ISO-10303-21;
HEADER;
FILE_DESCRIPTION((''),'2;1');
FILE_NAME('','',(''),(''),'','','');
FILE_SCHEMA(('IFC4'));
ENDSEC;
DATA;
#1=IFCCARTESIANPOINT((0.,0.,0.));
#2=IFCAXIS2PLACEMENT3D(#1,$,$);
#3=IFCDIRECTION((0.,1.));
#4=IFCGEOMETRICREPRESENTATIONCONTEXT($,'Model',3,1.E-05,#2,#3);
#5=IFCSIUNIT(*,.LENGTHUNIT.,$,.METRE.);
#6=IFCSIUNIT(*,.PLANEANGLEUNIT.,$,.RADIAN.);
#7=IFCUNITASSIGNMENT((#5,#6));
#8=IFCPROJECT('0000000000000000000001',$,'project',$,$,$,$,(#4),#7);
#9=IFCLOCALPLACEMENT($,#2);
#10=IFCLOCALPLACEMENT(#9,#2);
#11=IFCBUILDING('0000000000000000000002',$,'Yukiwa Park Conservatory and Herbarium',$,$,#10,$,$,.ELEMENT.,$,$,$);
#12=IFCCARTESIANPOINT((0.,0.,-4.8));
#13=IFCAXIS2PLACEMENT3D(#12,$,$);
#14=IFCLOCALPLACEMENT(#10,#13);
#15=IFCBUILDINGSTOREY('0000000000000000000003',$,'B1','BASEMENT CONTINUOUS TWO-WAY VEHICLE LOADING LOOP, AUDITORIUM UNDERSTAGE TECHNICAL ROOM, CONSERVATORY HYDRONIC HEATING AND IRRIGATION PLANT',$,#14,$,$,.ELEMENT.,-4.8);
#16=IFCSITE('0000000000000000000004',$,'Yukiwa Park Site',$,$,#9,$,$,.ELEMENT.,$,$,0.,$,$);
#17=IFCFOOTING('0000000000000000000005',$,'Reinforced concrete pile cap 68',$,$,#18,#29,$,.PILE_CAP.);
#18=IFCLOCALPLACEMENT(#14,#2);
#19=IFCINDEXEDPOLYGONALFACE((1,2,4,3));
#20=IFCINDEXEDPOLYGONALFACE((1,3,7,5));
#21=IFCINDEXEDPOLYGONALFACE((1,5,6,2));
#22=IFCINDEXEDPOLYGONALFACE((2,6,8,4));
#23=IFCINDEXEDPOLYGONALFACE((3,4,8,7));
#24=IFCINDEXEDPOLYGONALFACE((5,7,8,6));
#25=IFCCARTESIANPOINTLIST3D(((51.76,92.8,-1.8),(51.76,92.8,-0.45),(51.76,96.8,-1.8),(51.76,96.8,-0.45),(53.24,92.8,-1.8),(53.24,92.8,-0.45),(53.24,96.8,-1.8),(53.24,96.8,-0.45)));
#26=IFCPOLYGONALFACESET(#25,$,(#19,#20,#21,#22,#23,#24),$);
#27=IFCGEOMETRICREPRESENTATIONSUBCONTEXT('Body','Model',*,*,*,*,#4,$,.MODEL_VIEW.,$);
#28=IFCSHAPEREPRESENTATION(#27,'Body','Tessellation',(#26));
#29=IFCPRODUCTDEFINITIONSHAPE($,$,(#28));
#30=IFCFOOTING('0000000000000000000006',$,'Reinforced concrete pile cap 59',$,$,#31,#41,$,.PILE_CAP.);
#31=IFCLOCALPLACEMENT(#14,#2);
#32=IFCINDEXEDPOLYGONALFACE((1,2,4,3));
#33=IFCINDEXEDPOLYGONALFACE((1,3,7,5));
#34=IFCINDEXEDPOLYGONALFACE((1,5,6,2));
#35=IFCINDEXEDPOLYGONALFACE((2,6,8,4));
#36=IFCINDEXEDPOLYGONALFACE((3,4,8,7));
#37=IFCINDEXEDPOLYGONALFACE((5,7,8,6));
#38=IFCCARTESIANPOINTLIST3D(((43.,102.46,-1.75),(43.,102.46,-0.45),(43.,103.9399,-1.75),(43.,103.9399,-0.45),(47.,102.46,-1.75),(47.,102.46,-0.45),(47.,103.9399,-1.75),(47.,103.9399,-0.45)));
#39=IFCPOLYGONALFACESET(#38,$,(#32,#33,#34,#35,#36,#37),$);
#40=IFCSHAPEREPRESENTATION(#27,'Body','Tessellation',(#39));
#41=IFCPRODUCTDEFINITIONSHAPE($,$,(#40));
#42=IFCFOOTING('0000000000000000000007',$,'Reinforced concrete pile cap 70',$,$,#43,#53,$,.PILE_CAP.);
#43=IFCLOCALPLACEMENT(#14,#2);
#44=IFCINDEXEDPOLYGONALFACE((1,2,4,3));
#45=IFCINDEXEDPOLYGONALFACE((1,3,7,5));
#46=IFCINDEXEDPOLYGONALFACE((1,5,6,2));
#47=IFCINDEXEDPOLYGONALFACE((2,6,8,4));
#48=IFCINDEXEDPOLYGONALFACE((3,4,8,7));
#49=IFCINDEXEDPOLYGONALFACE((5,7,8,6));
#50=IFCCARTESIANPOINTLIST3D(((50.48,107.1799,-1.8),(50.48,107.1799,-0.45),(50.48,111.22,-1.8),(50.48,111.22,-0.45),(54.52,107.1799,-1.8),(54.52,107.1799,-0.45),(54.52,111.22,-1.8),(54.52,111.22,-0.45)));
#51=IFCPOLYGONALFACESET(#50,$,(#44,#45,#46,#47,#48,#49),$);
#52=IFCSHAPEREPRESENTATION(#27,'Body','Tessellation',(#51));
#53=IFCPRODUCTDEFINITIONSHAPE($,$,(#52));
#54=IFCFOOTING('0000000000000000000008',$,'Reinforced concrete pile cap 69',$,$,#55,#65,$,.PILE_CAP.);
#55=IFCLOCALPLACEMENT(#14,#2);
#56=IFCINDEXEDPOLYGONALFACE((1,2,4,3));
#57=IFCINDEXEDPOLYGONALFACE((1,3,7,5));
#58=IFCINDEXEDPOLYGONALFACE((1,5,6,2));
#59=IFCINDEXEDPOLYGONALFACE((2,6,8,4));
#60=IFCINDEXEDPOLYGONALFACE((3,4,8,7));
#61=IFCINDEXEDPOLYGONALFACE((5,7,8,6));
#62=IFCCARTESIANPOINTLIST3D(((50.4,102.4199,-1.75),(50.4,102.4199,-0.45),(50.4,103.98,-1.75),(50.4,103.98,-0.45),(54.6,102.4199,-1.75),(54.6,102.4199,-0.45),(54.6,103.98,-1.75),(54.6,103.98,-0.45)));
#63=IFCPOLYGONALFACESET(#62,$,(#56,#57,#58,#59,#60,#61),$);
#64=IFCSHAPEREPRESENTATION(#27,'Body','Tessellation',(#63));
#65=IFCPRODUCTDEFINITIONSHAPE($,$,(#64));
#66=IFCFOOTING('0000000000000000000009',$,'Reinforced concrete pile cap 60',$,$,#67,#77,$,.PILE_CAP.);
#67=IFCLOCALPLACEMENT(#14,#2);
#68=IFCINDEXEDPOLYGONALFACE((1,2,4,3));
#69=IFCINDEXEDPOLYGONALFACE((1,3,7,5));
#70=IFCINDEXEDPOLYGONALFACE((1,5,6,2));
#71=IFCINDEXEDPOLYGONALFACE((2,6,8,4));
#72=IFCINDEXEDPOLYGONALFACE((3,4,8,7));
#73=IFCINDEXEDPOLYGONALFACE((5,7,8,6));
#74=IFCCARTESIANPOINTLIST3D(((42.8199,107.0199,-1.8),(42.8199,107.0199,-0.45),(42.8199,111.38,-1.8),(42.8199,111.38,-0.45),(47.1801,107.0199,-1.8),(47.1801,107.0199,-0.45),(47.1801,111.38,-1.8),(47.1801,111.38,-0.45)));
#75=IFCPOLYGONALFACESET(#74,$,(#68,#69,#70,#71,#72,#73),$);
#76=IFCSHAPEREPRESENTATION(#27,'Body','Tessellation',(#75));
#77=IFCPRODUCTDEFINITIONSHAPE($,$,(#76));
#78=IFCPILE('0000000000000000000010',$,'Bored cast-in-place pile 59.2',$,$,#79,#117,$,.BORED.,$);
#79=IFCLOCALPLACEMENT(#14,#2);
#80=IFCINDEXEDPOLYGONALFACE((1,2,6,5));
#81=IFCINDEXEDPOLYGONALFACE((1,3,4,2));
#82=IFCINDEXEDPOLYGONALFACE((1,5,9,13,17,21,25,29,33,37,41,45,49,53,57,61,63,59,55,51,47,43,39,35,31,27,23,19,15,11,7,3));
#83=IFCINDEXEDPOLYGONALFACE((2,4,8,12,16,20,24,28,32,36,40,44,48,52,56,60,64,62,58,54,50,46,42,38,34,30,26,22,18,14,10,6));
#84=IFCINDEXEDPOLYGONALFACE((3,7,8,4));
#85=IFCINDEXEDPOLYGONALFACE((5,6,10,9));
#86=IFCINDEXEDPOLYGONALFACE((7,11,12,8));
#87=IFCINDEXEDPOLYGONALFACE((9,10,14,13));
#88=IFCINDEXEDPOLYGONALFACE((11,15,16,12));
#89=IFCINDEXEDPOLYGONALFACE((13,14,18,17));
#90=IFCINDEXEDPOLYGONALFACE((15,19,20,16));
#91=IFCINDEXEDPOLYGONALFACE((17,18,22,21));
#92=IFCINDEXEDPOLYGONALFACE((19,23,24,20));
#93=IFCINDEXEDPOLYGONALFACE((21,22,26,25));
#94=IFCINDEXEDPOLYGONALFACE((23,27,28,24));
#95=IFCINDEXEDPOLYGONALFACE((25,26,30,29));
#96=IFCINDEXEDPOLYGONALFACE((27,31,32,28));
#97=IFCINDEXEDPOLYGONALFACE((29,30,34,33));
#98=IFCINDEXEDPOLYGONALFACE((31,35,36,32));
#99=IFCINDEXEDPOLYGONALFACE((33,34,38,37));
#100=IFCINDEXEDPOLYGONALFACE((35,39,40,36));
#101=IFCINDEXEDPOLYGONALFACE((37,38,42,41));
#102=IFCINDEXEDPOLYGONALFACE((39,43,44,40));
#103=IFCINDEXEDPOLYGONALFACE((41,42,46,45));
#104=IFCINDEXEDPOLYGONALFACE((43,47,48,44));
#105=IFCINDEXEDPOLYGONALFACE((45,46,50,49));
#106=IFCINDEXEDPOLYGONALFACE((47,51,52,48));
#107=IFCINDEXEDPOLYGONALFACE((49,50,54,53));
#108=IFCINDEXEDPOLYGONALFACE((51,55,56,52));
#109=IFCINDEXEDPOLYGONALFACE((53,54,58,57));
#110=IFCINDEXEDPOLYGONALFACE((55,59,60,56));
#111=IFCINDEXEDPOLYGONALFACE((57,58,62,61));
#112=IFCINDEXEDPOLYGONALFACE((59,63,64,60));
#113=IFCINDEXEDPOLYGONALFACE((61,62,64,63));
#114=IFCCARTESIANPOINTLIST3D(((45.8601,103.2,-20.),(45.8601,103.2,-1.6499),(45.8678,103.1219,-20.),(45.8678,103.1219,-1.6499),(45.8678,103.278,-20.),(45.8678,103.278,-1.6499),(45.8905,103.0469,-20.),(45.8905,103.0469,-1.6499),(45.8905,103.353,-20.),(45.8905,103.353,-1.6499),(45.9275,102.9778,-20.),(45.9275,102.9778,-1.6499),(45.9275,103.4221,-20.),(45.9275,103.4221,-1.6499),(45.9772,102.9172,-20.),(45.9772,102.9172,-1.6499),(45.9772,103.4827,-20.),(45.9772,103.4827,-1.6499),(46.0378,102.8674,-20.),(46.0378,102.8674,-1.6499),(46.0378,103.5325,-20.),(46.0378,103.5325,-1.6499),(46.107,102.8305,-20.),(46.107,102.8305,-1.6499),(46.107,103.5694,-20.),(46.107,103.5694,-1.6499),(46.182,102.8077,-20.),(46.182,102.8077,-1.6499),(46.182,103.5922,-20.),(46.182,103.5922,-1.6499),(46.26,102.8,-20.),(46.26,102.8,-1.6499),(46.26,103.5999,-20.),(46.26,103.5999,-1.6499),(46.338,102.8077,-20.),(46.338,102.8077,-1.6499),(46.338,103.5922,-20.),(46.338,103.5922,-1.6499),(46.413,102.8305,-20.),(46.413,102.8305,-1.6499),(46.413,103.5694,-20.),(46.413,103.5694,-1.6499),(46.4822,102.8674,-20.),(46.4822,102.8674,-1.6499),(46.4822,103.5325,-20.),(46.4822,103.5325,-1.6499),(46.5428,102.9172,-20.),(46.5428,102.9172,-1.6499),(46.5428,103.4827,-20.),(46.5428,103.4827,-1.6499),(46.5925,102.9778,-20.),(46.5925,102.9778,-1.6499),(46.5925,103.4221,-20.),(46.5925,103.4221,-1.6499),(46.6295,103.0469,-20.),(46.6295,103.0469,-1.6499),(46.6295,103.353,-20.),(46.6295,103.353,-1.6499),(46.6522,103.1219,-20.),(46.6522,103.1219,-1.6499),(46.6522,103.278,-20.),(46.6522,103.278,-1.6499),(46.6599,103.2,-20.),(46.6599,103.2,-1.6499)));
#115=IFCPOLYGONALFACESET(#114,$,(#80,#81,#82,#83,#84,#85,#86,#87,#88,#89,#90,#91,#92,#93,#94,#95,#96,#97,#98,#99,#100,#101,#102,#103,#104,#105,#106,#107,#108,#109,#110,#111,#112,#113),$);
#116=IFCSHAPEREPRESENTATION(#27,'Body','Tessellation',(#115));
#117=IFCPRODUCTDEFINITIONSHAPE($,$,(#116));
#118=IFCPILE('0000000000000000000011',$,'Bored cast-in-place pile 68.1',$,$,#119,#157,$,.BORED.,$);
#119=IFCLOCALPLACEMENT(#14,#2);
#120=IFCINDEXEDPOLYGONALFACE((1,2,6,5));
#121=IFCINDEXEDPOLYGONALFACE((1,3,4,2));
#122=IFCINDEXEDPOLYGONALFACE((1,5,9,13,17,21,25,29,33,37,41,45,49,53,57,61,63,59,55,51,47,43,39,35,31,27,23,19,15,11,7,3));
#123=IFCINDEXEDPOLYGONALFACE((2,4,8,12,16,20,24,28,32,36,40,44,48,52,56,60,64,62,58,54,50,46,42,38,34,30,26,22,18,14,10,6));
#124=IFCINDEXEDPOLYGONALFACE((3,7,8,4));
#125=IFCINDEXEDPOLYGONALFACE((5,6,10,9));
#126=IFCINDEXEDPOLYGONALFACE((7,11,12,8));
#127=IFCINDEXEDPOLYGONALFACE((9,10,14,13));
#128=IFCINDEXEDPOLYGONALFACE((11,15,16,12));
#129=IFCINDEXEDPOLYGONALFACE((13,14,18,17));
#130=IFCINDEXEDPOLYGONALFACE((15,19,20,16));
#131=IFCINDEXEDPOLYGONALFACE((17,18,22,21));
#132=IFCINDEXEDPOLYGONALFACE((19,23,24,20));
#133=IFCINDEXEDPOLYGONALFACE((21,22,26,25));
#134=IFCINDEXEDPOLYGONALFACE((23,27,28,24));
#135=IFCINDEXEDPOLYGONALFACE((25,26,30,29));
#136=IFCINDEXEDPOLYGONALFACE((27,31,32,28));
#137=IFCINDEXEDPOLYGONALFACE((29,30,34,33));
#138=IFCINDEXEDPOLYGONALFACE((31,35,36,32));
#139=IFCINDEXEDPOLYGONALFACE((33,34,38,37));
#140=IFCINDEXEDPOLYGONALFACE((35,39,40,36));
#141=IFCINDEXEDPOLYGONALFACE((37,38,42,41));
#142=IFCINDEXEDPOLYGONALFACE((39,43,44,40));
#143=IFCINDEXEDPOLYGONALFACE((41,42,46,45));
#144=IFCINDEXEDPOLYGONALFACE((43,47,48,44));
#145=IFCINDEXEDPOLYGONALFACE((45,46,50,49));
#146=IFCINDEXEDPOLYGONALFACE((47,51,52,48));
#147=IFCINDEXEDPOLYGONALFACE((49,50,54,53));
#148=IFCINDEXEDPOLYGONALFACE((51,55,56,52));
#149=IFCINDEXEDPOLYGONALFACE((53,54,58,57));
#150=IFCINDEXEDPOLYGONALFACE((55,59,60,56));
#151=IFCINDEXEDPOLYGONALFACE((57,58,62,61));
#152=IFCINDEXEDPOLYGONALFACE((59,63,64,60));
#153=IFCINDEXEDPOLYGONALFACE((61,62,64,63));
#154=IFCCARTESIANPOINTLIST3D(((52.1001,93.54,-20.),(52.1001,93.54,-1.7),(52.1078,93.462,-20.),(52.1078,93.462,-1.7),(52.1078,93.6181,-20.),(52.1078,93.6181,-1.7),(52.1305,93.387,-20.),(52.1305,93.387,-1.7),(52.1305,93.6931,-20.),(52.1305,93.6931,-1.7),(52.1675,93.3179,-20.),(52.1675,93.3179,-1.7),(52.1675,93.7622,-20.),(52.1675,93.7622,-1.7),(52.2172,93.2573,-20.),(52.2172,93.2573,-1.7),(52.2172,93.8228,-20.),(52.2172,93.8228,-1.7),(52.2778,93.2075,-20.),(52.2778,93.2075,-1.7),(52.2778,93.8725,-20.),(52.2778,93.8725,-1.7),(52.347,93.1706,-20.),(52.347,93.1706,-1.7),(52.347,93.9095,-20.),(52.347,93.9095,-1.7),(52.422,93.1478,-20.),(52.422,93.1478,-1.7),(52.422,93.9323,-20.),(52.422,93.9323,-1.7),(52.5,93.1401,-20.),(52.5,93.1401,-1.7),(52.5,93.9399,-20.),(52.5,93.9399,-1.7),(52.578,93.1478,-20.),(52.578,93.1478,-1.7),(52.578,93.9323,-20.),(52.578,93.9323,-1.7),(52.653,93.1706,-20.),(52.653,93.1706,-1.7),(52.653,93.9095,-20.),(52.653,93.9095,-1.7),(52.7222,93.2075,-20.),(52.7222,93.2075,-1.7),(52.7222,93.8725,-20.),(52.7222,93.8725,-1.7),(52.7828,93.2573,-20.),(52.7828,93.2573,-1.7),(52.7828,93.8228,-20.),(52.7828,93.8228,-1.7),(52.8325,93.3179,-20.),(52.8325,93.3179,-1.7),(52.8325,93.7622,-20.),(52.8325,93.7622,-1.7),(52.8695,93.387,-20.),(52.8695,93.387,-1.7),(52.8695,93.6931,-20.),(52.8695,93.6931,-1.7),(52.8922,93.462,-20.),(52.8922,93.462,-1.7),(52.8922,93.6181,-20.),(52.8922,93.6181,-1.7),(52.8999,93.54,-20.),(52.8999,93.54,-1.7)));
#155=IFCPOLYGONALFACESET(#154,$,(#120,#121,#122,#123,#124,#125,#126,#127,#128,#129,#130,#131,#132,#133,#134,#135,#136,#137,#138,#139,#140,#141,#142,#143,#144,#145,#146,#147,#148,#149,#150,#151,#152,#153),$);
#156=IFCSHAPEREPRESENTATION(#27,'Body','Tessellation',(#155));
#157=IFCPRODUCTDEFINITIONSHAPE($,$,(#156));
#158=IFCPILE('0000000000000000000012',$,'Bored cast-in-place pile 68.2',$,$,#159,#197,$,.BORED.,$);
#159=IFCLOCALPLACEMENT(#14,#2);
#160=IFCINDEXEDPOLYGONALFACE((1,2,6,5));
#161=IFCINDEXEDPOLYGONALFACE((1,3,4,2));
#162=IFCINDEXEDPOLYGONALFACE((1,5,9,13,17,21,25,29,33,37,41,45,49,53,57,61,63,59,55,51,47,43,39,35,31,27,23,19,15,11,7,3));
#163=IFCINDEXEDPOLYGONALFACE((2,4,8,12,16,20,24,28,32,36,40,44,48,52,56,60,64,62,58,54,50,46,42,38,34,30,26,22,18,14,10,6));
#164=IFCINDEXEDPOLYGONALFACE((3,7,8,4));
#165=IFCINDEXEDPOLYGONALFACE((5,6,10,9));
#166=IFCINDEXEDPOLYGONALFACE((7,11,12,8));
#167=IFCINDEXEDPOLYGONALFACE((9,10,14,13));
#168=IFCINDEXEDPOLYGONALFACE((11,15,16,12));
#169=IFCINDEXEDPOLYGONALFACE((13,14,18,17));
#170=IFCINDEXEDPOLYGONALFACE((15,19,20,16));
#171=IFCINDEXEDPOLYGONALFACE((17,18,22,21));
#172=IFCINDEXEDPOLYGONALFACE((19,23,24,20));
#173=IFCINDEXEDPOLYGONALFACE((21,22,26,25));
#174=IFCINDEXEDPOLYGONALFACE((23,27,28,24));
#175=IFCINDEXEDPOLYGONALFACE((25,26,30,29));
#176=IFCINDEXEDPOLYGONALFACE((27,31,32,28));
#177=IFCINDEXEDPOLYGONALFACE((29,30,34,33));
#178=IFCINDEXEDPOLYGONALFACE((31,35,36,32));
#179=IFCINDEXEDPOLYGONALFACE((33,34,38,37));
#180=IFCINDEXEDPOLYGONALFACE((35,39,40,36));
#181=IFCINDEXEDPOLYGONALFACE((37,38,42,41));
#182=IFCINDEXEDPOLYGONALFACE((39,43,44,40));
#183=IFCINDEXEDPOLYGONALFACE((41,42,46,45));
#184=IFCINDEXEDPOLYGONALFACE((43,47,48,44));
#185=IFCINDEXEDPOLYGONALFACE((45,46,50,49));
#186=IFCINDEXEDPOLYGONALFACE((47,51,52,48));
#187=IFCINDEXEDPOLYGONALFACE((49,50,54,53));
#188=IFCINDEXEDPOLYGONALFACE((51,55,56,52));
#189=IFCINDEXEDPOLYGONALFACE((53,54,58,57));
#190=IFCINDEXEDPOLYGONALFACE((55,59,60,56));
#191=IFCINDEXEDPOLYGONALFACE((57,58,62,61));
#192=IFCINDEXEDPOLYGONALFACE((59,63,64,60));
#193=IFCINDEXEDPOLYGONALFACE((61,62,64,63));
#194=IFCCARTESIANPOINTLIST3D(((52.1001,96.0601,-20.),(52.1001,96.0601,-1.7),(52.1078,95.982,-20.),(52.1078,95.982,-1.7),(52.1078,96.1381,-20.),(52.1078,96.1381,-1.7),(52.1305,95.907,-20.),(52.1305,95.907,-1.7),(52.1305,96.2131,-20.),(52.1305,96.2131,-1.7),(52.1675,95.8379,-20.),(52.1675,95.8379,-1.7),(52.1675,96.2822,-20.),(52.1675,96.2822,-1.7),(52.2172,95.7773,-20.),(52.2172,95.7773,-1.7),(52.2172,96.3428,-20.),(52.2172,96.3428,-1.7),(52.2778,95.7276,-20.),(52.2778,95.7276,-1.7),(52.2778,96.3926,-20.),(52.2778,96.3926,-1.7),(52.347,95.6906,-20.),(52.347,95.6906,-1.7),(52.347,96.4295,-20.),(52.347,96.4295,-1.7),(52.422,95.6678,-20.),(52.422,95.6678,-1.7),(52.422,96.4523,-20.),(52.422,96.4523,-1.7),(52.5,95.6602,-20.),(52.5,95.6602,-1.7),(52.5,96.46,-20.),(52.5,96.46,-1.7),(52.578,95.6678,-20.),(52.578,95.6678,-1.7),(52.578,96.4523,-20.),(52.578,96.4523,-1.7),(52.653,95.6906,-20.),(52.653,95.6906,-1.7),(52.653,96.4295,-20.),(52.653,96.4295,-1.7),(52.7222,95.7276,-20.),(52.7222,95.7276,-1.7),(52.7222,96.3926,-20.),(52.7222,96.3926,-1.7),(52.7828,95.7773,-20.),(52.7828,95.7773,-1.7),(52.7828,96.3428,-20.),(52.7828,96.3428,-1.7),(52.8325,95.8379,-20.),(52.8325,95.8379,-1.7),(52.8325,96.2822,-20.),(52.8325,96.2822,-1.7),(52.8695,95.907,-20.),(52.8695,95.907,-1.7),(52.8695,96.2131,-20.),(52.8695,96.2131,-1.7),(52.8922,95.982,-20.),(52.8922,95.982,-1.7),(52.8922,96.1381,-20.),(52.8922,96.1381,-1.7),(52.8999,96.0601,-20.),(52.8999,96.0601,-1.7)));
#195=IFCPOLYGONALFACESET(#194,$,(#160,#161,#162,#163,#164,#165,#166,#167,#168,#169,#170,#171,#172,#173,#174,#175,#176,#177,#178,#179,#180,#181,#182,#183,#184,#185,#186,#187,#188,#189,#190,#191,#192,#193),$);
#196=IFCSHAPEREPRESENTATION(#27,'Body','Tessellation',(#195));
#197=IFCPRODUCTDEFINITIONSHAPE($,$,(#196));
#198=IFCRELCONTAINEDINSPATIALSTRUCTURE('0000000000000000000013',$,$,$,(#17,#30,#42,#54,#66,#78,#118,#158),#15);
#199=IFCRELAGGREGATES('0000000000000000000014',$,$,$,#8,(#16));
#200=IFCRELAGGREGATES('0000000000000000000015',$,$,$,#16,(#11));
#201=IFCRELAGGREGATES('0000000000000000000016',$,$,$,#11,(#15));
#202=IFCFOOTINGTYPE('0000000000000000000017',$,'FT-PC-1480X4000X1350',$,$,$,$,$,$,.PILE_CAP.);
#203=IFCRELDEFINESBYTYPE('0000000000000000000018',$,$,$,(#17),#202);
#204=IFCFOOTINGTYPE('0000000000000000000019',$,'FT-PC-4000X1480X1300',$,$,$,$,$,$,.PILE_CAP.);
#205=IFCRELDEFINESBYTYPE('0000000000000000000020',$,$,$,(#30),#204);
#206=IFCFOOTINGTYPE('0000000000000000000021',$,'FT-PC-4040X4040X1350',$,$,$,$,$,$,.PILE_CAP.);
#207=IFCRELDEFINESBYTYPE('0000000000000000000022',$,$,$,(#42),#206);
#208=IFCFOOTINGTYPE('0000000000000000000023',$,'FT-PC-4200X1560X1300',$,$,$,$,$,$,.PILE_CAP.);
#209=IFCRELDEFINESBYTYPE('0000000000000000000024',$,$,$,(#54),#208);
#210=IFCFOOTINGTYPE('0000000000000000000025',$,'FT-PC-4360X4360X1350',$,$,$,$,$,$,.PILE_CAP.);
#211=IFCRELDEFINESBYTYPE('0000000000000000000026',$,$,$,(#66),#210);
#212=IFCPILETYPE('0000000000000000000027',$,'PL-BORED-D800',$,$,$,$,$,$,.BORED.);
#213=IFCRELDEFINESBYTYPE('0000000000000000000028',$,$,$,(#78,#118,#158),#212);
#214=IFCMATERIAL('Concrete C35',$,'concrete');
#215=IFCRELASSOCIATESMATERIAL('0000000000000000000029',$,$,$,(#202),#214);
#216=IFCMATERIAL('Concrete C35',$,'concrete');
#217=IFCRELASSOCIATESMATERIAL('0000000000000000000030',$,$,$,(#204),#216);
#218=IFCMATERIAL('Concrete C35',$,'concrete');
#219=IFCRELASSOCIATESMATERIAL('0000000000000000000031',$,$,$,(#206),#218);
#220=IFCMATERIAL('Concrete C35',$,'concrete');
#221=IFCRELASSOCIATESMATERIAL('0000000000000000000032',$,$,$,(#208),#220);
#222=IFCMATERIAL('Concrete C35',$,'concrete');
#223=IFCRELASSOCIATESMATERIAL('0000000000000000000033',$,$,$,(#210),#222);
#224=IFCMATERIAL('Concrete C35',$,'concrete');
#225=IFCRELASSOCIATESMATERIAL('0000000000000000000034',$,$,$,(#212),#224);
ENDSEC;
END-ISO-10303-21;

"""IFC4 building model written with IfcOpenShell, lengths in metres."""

from ifc_helpers import new_model, si_unit, direction, frame, origin, origin_2d, place, context, subcontext, project, spatial, rectangle, circle, extrude, material, material_profile, profile_set, type_object, element, save


model = new_model("IFC4")

# Units and contexts
model_context = context("Model", 3, precision=1e-05, world=origin(), true_north=direction((0.0, 1.0)))
body_context = subcontext(model_context, "Body", "Model", "MODEL_VIEW")
ifc_project = project(units=[si_unit("LENGTHUNIT", "METRE"), si_unit("PLANEANGLEUNIT", "RADIAN")], contexts=[model_context])

# Site, building, storey
site_placement = place(None, origin())
site = spatial("IfcSite", under=ifc_project, at=site_placement, Name="Yukiwa Park Site", CompositionType="ELEMENT", RefElevation=0.0)
building_placement = place(site_placement, origin())
building = spatial("IfcBuilding", under=site, at=building_placement, Name="Yukiwa Park Conservatory and Herbarium", CompositionType="ELEMENT")
storey_placement = place(building_placement, frame((0.0, 0.0, -4.8)))
storey = spatial("IfcBuildingStorey", under=building, at=storey_placement, Name="B1", Description="BASEMENT CONTINUOUS TWO-WAY VEHICLE LOADING LOOP, AUDITORIUM UNDERSTAGE TECHNICAL ROOM, CONSERVATORY HYDRONIC HEATING AND IRRIGATION PLANT", CompositionType="ELEMENT", Elevation=-4.8)

# Footings
ifc_material_1 = material(Name="Concrete C35", Category="concrete")
footing_type_1 = type_object("IfcFootingType", Name="FT-PC-1480X4000X1350", PredefinedType="PILE_CAP", material=ifc_material_1)
footing_1_placement = place(storey_placement, frame((52.5, 94.8, -1.8), z_axis=(0.0, 0.0, 1.0), x_axis=(1.0, 0.0, 0.0)))
element("IfcFooting", 1, at=footing_1_placement, inside=storey, type_object=footing_type_1, Name="Reinforced concrete pile cap 68", PredefinedType="PILE_CAP", context=body_context, shape_type="SweptSolid", body=[
    extrude(rectangle(XDim=1.48, YDim=4.0, at=origin_2d()), origin(), (0.0, 0.0, 1.0), 1.3501),
])
ifc_material_2 = material(Name="Concrete C35", Category="concrete")
footing_type_2 = type_object("IfcFootingType", Name="FT-PC-4000X1480X1300", PredefinedType="PILE_CAP", material=ifc_material_2)
footing_2_placement = place(storey_placement, frame((45.0, 103.2, -1.75), z_axis=(0.0, 0.0, 1.0), x_axis=(1.0, 0.0, 0.0)))
element("IfcFooting", 2, at=footing_2_placement, inside=storey, type_object=footing_type_2, Name="Reinforced concrete pile cap 59", PredefinedType="PILE_CAP", context=body_context, shape_type="SweptSolid", body=[
    extrude(rectangle(XDim=4.0, YDim=1.48, at=origin_2d()), origin(), (0.0, 0.0, 1.0), 1.3),
])
ifc_material_3 = material(Name="Concrete C35", Category="concrete")
footing_type_3 = type_object("IfcFootingType", Name="FT-PC-4040X4040X1350", PredefinedType="PILE_CAP", material=ifc_material_3)
footing_3_placement = place(storey_placement, frame((52.5, 109.2, -1.8), z_axis=(0.0, 0.0, 1.0), x_axis=(1.0, 0.0, 0.0)))
element("IfcFooting", 3, at=footing_3_placement, inside=storey, type_object=footing_type_3, Name="Reinforced concrete pile cap 70", PredefinedType="PILE_CAP", context=body_context, shape_type="SweptSolid", body=[
    extrude(rectangle(XDim=4.04, YDim=4.04, at=origin_2d()), origin(), (0.0, 0.0, 1.0), 1.3501),
])
ifc_material_4 = material(Name="Concrete C35", Category="concrete")
footing_type_4 = type_object("IfcFootingType", Name="FT-PC-4200X1560X1300", PredefinedType="PILE_CAP", material=ifc_material_4)
footing_4_placement = place(storey_placement, frame((52.5, 103.2, -1.75), z_axis=(0.0, 0.0, 1.0), x_axis=(1.0, 0.0, 0.0)))
element("IfcFooting", 4, at=footing_4_placement, inside=storey, type_object=footing_type_4, Name="Reinforced concrete pile cap 69", PredefinedType="PILE_CAP", context=body_context, shape_type="SweptSolid", body=[
    extrude(rectangle(XDim=4.2, YDim=1.5601, at=origin_2d()), origin(), (0.0, 0.0, 1.0), 1.3),
])
ifc_material_5 = material(Name="Concrete C35", Category="concrete")
footing_type_5 = type_object("IfcFootingType", Name="FT-PC-4360X4360X1350", PredefinedType="PILE_CAP", material=ifc_material_5)
footing_5_placement = place(storey_placement, frame((45.0, 109.2, -1.8), z_axis=(0.0, 0.0, 1.0), x_axis=(1.0, 0.0, 0.0)))
element("IfcFooting", 5, at=footing_5_placement, inside=storey, type_object=footing_type_5, Name="Reinforced concrete pile cap 60", PredefinedType="PILE_CAP", context=body_context, shape_type="SweptSolid", body=[
    extrude(rectangle(XDim=4.3601, YDim=4.3601, at=origin_2d()), origin(), (0.0, 0.0, 1.0), 1.3501),
])

# Piles
ifc_material_6 = material(Name="Concrete C35", Category="concrete")
ifc_material_profile_1 = material_profile(ifc_material_6, circle(Radius=0.3999, at=origin_2d()), Name="PILE D800")
ifc_profile_set_1 = profile_set([ifc_material_profile_1], Name="Concrete C35")
pile_type_1 = type_object("IfcPileType", Name="PL-BORED-D800", PredefinedType="BORED", material=ifc_profile_set_1)
pile_1_placement = place(storey_placement, frame((46.26, 103.2, -1.6499), z_axis=(0.0, 0.0, -1.0), x_axis=(1.0, 0.0, 0.0)))
element("IfcPile", 6, at=pile_1_placement, inside=storey, type_object=pile_type_1, Name="Bored cast-in-place pile 59.2", PredefinedType="BORED", context=body_context, shape_type="SweptSolid", body=[
    extrude(circle(Radius=0.3999, at=origin_2d()), origin(), (0.0, 0.0, 1.0), 18.3501),
])
for number, where, z_axis, x_axis, name in (
    (7, (52.5, 93.54, -1.7), (0.0, 0.0, -1.0), (1.0, 0.0, 0.0), "Bored cast-in-place pile 68.1"),
    (8, (52.5, 96.0601, -1.7), (0.0, 0.0, -1.0), (1.0, 0.0, 0.0), "Bored cast-in-place pile 68.2"),
):
    element("IfcPile", number, at=place(storey_placement, frame(where, z_axis=z_axis, x_axis=x_axis)), inside=storey, type_object=pile_type_1, Name=name, PredefinedType="BORED", context=body_context, shape_type="SweptSolid", body=[
        extrude(circle(Radius=0.3999, at=origin_2d()), origin(), (0.0, 0.0, 1.0), 18.3),
    ])

save(model, "model.ifc")
